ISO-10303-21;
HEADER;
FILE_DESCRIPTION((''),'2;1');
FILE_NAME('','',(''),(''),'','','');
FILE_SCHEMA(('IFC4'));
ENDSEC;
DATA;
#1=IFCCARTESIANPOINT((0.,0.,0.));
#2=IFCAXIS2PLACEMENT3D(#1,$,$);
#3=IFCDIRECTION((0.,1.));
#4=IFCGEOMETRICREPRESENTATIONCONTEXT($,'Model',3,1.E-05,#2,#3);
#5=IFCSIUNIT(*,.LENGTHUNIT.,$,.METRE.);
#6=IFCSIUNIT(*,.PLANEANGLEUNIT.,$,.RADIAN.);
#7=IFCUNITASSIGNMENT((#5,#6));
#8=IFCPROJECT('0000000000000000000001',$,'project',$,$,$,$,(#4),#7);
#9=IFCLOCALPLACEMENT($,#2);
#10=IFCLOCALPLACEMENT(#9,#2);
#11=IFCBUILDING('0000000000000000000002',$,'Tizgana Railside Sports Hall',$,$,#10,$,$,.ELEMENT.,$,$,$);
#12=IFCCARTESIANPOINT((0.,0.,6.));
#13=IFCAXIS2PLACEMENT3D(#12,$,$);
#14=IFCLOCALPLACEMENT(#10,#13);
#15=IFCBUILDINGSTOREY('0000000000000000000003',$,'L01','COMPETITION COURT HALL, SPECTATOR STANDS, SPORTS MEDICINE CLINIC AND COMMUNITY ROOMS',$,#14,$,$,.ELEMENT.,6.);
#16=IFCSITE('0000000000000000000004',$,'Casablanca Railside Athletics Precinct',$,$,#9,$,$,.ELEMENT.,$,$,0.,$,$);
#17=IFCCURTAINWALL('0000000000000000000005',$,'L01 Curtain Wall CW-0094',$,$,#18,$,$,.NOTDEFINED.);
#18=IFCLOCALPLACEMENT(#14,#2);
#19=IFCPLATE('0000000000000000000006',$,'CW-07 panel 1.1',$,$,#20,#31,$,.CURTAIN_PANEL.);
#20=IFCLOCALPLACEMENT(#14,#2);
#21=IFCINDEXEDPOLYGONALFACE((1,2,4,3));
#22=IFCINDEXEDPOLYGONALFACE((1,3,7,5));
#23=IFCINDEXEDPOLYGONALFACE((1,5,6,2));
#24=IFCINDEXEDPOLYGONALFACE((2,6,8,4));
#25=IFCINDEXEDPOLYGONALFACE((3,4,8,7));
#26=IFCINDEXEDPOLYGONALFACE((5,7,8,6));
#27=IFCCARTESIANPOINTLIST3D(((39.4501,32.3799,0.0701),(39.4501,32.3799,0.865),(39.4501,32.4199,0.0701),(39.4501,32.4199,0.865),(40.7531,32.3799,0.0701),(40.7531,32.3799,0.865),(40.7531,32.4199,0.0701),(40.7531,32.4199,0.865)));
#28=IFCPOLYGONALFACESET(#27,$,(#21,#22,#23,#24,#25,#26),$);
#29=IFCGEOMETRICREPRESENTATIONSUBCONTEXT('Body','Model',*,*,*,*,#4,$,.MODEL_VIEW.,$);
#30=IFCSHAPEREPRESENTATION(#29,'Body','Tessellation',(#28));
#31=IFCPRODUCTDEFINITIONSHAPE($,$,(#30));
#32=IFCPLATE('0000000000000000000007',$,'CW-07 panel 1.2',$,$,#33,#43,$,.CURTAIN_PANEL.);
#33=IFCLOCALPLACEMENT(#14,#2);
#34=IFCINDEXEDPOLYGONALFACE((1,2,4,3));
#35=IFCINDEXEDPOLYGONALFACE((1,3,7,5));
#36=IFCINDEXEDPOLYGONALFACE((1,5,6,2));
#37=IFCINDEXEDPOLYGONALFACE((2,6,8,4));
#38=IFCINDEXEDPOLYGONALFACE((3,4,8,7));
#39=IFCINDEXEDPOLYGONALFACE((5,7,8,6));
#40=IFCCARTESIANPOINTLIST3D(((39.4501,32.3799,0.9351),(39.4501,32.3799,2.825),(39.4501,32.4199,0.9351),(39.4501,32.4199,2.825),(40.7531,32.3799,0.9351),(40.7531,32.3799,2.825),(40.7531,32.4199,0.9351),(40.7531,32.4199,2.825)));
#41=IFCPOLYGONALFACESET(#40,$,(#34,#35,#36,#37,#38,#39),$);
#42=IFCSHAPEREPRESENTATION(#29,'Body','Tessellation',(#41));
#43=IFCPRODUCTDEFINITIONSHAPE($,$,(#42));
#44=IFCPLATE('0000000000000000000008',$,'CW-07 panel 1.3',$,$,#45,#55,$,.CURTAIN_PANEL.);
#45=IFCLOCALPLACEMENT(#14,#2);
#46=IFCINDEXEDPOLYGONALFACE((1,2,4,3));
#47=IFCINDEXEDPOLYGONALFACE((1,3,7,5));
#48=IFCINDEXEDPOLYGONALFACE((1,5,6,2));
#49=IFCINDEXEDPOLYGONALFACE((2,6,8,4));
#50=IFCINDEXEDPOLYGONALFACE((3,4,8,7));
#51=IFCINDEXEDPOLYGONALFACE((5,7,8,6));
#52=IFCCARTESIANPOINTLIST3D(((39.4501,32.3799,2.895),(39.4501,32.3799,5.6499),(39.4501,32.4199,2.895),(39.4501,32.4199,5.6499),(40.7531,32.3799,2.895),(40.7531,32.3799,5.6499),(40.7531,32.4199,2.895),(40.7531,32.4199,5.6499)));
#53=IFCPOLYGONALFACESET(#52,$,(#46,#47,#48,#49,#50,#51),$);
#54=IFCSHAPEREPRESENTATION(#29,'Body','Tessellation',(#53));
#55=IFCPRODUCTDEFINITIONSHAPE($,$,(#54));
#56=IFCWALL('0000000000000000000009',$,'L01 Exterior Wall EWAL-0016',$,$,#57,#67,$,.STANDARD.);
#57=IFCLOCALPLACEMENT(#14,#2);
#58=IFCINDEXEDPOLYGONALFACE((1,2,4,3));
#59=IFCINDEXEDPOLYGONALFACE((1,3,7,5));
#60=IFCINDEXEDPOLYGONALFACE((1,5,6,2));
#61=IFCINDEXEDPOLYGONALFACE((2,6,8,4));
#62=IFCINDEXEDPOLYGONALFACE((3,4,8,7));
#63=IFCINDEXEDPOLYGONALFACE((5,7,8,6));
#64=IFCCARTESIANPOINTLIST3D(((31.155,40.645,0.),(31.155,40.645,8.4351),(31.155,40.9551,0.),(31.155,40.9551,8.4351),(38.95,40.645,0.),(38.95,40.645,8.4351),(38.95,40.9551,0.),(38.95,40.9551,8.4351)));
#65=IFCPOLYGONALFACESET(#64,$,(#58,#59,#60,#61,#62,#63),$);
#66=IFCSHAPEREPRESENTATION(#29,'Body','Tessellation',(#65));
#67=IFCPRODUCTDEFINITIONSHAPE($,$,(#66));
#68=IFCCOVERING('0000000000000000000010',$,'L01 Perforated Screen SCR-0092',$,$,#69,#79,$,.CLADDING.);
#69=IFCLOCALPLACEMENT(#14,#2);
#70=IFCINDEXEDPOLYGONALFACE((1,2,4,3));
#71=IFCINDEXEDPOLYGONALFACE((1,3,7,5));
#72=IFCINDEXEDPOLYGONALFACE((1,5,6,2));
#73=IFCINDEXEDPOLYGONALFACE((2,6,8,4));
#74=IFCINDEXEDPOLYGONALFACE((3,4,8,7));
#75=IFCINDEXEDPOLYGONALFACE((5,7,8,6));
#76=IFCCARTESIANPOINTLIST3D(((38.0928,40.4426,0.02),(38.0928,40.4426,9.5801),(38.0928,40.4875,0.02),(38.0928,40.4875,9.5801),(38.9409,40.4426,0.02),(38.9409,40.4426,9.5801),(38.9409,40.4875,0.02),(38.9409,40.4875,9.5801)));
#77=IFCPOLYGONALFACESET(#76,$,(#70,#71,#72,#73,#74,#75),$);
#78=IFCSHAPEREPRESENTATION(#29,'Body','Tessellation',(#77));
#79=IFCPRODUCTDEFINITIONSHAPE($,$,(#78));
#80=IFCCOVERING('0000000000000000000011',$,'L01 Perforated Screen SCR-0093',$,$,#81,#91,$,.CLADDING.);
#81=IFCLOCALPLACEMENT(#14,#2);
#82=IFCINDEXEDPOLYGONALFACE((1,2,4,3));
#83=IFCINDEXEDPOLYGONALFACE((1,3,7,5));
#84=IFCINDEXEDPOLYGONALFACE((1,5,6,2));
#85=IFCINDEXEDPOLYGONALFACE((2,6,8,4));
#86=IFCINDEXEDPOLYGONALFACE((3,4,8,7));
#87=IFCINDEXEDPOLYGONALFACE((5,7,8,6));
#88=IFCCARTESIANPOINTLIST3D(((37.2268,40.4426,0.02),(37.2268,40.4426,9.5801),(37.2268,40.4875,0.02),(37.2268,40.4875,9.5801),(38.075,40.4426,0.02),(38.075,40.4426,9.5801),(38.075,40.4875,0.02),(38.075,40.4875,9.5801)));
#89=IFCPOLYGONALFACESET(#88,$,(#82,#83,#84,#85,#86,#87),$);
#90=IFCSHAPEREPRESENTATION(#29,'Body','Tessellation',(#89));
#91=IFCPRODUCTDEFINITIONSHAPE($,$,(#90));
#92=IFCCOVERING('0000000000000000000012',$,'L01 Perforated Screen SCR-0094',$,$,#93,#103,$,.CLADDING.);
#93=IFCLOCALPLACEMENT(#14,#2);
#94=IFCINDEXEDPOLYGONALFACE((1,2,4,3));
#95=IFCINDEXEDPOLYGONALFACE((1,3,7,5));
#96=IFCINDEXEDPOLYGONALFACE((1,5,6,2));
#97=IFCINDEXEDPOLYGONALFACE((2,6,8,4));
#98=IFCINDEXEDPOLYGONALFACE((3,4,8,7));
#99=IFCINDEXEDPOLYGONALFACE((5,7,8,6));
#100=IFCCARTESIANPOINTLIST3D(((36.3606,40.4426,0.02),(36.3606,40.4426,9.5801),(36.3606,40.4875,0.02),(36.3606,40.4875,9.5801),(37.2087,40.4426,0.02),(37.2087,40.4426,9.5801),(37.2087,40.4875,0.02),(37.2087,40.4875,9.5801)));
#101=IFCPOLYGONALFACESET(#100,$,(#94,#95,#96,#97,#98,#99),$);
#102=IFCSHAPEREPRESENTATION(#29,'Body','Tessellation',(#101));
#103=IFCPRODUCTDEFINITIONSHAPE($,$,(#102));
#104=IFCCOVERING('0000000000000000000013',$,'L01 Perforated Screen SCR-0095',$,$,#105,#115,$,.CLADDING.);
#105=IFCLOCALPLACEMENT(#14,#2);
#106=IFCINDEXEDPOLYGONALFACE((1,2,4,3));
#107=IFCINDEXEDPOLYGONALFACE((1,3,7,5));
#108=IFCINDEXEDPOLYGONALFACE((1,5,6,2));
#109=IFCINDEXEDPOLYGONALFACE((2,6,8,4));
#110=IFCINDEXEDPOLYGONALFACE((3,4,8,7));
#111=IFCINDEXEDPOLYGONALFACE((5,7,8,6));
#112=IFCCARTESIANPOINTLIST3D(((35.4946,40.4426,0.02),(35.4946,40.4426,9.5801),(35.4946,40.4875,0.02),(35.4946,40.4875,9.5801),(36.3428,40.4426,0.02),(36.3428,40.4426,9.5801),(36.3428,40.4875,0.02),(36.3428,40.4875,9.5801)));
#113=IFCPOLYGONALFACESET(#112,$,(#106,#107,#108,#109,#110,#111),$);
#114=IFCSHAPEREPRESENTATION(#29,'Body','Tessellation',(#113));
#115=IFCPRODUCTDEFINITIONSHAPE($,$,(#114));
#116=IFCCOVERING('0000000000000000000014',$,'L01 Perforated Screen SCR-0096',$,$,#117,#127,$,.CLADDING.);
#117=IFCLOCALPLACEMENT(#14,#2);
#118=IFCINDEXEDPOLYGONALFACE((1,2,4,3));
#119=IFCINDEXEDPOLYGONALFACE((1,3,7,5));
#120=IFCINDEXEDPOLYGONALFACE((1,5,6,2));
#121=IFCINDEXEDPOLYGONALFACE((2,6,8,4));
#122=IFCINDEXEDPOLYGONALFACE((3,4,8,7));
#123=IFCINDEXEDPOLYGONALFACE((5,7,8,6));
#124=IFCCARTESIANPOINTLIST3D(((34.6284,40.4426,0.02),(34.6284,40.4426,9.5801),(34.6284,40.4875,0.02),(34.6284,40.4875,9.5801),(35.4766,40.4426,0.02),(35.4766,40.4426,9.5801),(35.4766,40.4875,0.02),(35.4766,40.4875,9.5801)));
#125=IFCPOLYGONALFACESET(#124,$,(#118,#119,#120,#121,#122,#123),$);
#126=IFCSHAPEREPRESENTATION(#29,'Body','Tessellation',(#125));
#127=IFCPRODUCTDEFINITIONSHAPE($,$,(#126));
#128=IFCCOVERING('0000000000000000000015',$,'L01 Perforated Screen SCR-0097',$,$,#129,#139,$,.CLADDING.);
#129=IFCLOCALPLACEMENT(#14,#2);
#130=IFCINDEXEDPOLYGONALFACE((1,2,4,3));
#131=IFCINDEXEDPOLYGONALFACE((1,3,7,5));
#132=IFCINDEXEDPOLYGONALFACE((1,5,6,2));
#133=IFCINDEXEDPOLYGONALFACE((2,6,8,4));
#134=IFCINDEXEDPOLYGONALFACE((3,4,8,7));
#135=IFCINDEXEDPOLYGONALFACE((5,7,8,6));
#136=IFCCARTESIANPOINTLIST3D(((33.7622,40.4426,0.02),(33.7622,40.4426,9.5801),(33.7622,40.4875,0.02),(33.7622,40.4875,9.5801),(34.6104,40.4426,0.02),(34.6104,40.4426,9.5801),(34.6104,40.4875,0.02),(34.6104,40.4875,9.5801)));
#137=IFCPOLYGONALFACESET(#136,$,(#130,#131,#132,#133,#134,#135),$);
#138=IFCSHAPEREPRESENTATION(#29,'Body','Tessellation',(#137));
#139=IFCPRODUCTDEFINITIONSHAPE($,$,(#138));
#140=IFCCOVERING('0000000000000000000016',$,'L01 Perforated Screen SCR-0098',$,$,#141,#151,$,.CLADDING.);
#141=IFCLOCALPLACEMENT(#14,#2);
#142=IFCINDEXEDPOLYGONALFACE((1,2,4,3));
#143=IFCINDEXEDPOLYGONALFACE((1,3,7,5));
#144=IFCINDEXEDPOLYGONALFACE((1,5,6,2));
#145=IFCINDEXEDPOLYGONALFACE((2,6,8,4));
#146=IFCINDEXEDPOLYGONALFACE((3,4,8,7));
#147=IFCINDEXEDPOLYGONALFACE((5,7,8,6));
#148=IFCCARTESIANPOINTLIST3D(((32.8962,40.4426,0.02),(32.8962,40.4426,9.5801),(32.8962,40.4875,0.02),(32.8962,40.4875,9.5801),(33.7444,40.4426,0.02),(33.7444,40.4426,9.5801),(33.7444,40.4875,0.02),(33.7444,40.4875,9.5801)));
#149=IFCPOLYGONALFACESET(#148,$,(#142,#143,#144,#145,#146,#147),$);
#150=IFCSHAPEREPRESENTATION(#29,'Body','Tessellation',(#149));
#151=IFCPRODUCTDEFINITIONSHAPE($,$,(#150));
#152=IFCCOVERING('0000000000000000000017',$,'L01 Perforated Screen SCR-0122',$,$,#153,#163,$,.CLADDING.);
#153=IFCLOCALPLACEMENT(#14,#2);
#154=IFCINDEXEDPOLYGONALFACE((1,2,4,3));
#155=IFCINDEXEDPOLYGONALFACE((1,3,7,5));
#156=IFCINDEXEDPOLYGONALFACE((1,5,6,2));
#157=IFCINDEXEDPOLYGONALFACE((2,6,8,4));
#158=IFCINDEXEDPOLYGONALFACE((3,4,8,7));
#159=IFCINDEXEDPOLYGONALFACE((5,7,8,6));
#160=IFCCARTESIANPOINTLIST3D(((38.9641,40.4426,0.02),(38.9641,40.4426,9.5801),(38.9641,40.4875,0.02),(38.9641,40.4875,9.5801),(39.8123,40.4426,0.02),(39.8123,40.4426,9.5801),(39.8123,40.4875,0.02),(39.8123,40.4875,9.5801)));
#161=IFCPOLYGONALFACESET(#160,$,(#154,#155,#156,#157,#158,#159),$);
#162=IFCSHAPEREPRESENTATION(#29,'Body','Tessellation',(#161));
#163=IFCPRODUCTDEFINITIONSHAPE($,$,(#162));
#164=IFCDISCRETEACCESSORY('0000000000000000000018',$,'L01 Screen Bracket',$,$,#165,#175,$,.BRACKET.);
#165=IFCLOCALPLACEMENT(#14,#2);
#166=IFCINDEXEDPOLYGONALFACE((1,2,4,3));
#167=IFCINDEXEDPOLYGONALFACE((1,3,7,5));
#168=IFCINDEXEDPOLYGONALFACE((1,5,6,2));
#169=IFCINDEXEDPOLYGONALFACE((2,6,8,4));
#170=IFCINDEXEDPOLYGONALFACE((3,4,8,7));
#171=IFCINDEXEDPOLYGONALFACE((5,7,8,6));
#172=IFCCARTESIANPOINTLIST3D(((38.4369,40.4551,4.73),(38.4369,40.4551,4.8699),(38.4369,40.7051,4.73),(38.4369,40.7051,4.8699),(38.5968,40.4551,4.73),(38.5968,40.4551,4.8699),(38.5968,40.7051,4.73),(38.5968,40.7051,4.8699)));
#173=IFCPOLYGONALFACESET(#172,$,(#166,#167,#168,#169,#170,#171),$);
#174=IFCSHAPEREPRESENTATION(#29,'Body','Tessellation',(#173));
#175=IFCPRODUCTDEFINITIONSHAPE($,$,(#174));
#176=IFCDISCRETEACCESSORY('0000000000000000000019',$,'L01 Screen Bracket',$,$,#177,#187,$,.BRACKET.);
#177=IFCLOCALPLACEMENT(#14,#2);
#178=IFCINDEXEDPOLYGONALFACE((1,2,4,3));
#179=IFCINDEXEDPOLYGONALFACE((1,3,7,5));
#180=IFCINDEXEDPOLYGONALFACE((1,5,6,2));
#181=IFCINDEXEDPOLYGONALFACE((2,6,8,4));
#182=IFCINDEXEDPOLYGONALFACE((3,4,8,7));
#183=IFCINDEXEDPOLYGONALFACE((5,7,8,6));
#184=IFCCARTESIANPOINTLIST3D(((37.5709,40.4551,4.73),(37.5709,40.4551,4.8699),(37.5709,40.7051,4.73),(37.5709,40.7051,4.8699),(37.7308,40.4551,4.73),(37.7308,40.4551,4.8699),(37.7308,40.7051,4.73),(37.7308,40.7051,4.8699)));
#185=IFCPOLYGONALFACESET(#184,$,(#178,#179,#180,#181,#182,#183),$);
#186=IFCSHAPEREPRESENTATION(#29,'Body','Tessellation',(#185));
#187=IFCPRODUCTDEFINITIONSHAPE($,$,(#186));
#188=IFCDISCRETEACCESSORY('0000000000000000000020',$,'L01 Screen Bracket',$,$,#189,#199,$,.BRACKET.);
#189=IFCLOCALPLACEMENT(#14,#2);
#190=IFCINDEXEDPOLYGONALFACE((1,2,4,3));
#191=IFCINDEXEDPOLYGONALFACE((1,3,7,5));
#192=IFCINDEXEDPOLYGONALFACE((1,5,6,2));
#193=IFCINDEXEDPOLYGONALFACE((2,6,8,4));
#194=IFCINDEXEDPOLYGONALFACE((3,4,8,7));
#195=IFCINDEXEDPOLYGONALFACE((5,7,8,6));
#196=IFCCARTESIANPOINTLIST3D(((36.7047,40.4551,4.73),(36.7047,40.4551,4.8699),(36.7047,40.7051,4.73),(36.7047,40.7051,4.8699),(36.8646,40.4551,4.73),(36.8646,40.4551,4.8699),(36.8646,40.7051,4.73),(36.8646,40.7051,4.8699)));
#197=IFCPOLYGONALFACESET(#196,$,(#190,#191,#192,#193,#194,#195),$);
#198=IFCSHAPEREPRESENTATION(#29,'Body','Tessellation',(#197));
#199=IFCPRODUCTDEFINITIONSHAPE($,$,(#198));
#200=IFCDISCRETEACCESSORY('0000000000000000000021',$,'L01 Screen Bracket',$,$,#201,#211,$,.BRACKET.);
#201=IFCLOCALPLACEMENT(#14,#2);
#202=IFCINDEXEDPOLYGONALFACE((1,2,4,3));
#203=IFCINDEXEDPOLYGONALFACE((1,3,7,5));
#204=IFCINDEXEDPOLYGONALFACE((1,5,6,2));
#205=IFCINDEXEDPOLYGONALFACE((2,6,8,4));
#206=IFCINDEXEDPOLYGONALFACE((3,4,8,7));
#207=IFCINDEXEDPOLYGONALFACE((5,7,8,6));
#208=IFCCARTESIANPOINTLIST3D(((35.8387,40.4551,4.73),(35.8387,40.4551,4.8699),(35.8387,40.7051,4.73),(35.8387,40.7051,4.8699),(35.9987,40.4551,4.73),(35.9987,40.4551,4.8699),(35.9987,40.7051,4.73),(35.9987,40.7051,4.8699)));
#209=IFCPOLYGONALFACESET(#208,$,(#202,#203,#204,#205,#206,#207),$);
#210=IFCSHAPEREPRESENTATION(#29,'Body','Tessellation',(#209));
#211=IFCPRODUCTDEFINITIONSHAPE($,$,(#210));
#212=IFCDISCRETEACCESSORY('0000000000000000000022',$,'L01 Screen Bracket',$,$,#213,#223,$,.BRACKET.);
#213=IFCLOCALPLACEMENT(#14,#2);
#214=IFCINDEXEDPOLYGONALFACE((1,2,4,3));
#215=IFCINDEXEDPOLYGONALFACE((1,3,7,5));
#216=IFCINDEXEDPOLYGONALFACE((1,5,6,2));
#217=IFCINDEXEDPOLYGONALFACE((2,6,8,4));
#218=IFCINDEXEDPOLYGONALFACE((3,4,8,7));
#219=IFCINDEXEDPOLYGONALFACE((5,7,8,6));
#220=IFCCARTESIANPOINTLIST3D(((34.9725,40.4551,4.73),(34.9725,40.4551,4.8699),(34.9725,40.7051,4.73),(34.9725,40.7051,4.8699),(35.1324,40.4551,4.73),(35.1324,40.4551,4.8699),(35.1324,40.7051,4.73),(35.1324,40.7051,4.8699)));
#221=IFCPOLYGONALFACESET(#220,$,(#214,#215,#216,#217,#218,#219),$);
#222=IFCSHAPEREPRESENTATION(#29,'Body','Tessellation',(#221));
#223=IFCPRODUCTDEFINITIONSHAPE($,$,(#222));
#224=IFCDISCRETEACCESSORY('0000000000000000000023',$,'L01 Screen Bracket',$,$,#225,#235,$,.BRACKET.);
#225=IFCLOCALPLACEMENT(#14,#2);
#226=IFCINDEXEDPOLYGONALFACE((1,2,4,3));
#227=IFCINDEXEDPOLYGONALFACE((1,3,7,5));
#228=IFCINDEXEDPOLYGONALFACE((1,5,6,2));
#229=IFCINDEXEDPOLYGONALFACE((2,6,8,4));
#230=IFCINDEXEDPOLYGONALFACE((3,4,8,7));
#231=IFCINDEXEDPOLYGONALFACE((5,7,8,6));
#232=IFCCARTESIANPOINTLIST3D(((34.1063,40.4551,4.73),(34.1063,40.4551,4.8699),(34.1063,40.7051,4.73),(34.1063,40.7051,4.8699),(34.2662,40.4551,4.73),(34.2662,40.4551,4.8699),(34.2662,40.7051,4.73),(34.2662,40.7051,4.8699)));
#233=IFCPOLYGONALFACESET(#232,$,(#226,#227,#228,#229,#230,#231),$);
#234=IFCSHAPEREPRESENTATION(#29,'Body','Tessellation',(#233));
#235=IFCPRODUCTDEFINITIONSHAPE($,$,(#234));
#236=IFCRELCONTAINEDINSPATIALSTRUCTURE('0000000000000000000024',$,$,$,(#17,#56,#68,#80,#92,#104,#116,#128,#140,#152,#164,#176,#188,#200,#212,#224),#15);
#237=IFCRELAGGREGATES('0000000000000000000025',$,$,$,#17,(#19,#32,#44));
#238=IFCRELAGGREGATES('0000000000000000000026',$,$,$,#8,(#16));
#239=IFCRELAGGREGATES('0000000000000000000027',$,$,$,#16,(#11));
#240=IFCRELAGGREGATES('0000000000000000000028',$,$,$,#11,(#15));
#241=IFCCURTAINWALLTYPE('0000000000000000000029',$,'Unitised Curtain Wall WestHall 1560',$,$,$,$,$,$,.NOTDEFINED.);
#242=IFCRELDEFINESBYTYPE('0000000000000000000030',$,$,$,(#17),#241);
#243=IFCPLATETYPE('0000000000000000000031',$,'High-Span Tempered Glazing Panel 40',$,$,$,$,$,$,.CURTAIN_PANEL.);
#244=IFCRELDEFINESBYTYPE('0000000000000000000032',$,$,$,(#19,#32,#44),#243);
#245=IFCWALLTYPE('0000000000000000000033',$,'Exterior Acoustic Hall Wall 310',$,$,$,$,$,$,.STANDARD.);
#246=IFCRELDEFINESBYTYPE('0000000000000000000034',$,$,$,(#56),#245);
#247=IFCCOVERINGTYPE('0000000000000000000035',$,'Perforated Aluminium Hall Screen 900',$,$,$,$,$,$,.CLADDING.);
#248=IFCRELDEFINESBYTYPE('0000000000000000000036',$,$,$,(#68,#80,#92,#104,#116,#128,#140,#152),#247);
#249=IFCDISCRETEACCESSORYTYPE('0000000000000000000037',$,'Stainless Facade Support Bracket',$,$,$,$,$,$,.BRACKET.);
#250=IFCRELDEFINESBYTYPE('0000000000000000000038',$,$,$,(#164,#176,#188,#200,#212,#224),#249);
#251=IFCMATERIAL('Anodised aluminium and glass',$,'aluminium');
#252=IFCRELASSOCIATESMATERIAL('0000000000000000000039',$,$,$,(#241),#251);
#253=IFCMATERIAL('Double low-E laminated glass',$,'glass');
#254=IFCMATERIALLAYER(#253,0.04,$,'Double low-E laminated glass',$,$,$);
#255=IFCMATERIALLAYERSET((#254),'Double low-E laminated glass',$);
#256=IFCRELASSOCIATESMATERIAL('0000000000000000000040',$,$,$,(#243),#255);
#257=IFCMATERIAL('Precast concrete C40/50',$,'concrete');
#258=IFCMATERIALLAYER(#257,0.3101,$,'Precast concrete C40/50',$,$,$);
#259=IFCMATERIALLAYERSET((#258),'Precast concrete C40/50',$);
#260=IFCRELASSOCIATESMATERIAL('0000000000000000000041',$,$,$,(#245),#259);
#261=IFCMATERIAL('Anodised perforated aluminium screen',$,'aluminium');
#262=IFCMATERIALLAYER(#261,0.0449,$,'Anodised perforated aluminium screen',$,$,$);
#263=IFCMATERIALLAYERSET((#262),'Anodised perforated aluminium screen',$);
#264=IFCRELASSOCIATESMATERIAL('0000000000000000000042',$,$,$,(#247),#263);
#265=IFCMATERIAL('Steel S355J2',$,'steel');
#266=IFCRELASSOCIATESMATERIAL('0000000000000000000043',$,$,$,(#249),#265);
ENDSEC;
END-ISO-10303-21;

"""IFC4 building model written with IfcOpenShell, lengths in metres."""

from ifc_helpers import new_model, si_unit, direction, frame, frame_2d, origin, origin_2d, place, context, subcontext, project, spatial, rectangle, extrude, material, layer, layer_set, type_object, element, aggregate, save


model = new_model("IFC4")

# Units and contexts
model_context = context("Model", 3, precision=1e-05, world=origin(), true_north=direction((0.0, 1.0)))
body_context = subcontext(model_context, "Body", "Model", "MODEL_VIEW")
ifc_project = project(units=[si_unit("LENGTHUNIT", "METRE"), si_unit("PLANEANGLEUNIT", "RADIAN")], contexts=[model_context])

# Site, building, storey
site_placement = place(None, origin())
site = spatial("IfcSite", under=ifc_project, at=site_placement, Name="Casablanca Railside Athletics Precinct", CompositionType="ELEMENT", RefElevation=0.0)
building_placement = place(site_placement, origin())
building = spatial("IfcBuilding", under=site, at=building_placement, Name="Tizgana Railside Sports Hall", CompositionType="ELEMENT")
storey_placement = place(building_placement, frame((0.0, 0.0, 6.0)))
storey = spatial("IfcBuildingStorey", under=building, at=storey_placement, Name="L01", Description="COMPETITION COURT HALL, SPECTATOR STANDS, SPORTS MEDICINE CLINIC AND COMMUNITY ROOMS", CompositionType="ELEMENT", Elevation=6.0)

# Curtain wall
ifc_material_1 = material(Name="Anodised aluminium and glass", Category="aluminium")
curtain_wall_type = type_object("IfcCurtainWallType", Name="Unitised Curtain Wall WestHall 1560", PredefinedType="NOTDEFINED", material=ifc_material_1)
curtain_wall_placement = place(storey_placement, origin())
curtain_wall = element("IfcCurtainWall", 1, at=curtain_wall_placement, inside=storey, type_object=curtain_wall_type, Name="L01 Curtain Wall CW-0094", PredefinedType="NOTDEFINED")

# Shared definitions
ifc_material_2 = material(Name="Steel S355J2", Category="steel")

# Plates
ifc_material_3 = material(Name="Double low-E laminated glass", Category="glass")
ifc_layer_1 = layer(ifc_material_3, 0.04, Name="Double low-E laminated glass")
ifc_layer_set_1 = layer_set([ifc_layer_1], Name="Double low-E laminated glass")
plate_type = type_object("IfcPlateType", Name="High-Span Tempered Glazing Panel 40", PredefinedType="CURTAIN_PANEL", material=ifc_layer_set_1)
plate_1_placement = place(storey_placement, frame((40.1016, 32.3999, 0.0701), z_axis=(0.0, 0.0, 1.0), x_axis=(1.0, 0.0, 0.0)))
plate_1 = element("IfcPlate", 2, at=plate_1_placement, type_object=plate_type, Name="CW-07 panel 1.1", PredefinedType="CURTAIN_PANEL", context=body_context, shape_type="SweptSolid", body=[
    extrude(rectangle(XDim=1.303, YDim=0.04, at=origin_2d()), origin(), (0.0, 0.0, 1.0), 0.7949),
])
plate_2_placement = place(storey_placement, frame((40.1016, 32.3999, 0.9351), z_axis=(0.0, 0.0, 1.0), x_axis=(1.0, 0.0, 0.0)))
plate_2 = element("IfcPlate", 3, at=plate_2_placement, type_object=plate_type, Name="CW-07 panel 1.2", PredefinedType="CURTAIN_PANEL", context=body_context, shape_type="SweptSolid", body=[
    extrude(rectangle(XDim=1.303, YDim=0.04, at=origin_2d()), origin(), (0.0, 0.0, 1.0), 1.8899),
])
plate_3_placement = place(storey_placement, frame((40.1016, 32.3999, 2.895), z_axis=(0.0, 0.0, 1.0), x_axis=(1.0, 0.0, 0.0)))
plate_3 = element("IfcPlate", 4, at=plate_3_placement, type_object=plate_type, Name="CW-07 panel 1.3", PredefinedType="CURTAIN_PANEL", context=body_context, shape_type="SweptSolid", body=[
    extrude(rectangle(XDim=1.303, YDim=0.04, at=origin_2d()), origin(), (0.0, 0.0, 1.0), 2.7549),
])
aggregate(curtain_wall, [plate_1, plate_2, plate_3])

# Wall
ifc_material_4 = material(Name="Precast concrete C40/50", Category="concrete")
ifc_layer_2 = layer(ifc_material_4, 0.3101, Name="Precast concrete C40/50")
ifc_layer_set_2 = layer_set([ifc_layer_2], Name="Precast concrete C40/50")
wall_type = type_object("IfcWallType", Name="Exterior Acoustic Hall Wall 310", PredefinedType="STANDARD", material=ifc_layer_set_2)
wall_placement = place(storey_placement, frame((38.95, 40.8, 0.0), z_axis=(0.0, 0.0, 1.0), x_axis=(-1.0, 0.0, 0.0)))
element("IfcWall", 5, at=wall_placement, inside=storey, type_object=wall_type, Name="L01 Exterior Wall EWAL-0016", PredefinedType="STANDARD", context=body_context, shape_type="SweptSolid", body=[
    extrude(rectangle(XDim=7.7949, YDim=0.3101, at=frame_2d((3.8975, 0.0))), origin(), (0.0, 0.0, 1.0), 8.4351),
])

# Coverings
ifc_material_5 = material(Name="Anodised perforated aluminium screen", Category="aluminium")
ifc_layer_3 = layer(ifc_material_5, 0.0449, Name="Anodised perforated aluminium screen")
ifc_layer_set_3 = layer_set([ifc_layer_3], Name="Anodised perforated aluminium screen")
covering_type = type_object("IfcCoveringType", Name="Perforated Aluminium Hall Screen 900", PredefinedType="CLADDING", material=ifc_layer_set_3)
for number, where, z_axis, x_axis, name in (
    (6, (38.5168, 40.4651, 0.02), (0.0, 0.0, 1.0), (-1.0, 0.0, 0.0), "L01 Perforated Screen SCR-0092"),
    (7, (37.6509, 40.4651, 0.02), (0.0, 0.0, 1.0), (-1.0, 0.0, 0.0), "L01 Perforated Screen SCR-0093"),
    (8, (36.7847, 40.4651, 0.02), (0.0, 0.0, 1.0), (-1.0, 0.0, 0.0), "L01 Perforated Screen SCR-0094"),
    (9, (35.9187, 40.4651, 0.02), (0.0, 0.0, 1.0), (-1.0, 0.0, 0.0), "L01 Perforated Screen SCR-0095"),
    (10, (35.0525, 40.4651, 0.02), (0.0, 0.0, 1.0), (-1.0, 0.0, 0.0), "L01 Perforated Screen SCR-0096"),
    (11, (34.1863, 40.4651, 0.02), (0.0, 0.0, 1.0), (-1.0, 0.0, 0.0), "L01 Perforated Screen SCR-0097"),
    (12, (33.3203, 40.4651, 0.02), (0.0, 0.0, 1.0), (-1.0, 0.0, 0.0), "L01 Perforated Screen SCR-0098"),
    (13, (39.3882, 40.4651, 0.02), (0.0, 0.0, 1.0), (-1.0, 0.0, 0.0), "L01 Perforated Screen SCR-0122"),
):
    element("IfcCovering", number, at=place(storey_placement, frame(where, z_axis=z_axis, x_axis=x_axis)), inside=storey, type_object=covering_type, Name=name, PredefinedType="CLADDING", context=body_context, shape_type="SweptSolid", body=[
        extrude(rectangle(XDim=0.8481, YDim=0.0449, at=origin_2d()), origin(), (0.0, 0.0, 1.0), 9.5601),
    ])

# Discrete accessories
discrete_accessory_type = type_object("IfcDiscreteAccessoryType", Name="Stainless Facade Support Bracket", PredefinedType="BRACKET", material=ifc_material_2)
for number, where, z_axis, x_axis, name in (
    (14, (38.5168, 40.5801, 4.73), (0.0, 0.0, 1.0), (-1.0, 0.0, 0.0), "L01 Screen Bracket"),
    (15, (37.6509, 40.5801, 4.73), (0.0, 0.0, 1.0), (-1.0, 0.0, 0.0), "L01 Screen Bracket"),
    (16, (36.7847, 40.5801, 4.73), (0.0, 0.0, 1.0), (-1.0, 0.0, 0.0), "L01 Screen Bracket"),
    (17, (35.9187, 40.5801, 4.73), (0.0, 0.0, 1.0), (-1.0, 0.0, 0.0), "L01 Screen Bracket"),
    (18, (35.0525, 40.5801, 4.73), (0.0, 0.0, 1.0), (-1.0, 0.0, 0.0), "L01 Screen Bracket"),
    (19, (34.1863, 40.5801, 4.73), (0.0, 0.0, 1.0), (-1.0, 0.0, 0.0), "L01 Screen Bracket"),
):
    element("IfcDiscreteAccessory", number, at=place(storey_placement, frame(where, z_axis=z_axis, x_axis=x_axis)), inside=storey, type_object=discrete_accessory_type, Name=name, PredefinedType="BRACKET", context=body_context, shape_type="SweptSolid", body=[
        extrude(rectangle(XDim=0.1599, YDim=0.25, at=origin_2d()), origin(), (0.0, 0.0, 1.0), 0.1399),
    ])

save(model, "model.ifc")
